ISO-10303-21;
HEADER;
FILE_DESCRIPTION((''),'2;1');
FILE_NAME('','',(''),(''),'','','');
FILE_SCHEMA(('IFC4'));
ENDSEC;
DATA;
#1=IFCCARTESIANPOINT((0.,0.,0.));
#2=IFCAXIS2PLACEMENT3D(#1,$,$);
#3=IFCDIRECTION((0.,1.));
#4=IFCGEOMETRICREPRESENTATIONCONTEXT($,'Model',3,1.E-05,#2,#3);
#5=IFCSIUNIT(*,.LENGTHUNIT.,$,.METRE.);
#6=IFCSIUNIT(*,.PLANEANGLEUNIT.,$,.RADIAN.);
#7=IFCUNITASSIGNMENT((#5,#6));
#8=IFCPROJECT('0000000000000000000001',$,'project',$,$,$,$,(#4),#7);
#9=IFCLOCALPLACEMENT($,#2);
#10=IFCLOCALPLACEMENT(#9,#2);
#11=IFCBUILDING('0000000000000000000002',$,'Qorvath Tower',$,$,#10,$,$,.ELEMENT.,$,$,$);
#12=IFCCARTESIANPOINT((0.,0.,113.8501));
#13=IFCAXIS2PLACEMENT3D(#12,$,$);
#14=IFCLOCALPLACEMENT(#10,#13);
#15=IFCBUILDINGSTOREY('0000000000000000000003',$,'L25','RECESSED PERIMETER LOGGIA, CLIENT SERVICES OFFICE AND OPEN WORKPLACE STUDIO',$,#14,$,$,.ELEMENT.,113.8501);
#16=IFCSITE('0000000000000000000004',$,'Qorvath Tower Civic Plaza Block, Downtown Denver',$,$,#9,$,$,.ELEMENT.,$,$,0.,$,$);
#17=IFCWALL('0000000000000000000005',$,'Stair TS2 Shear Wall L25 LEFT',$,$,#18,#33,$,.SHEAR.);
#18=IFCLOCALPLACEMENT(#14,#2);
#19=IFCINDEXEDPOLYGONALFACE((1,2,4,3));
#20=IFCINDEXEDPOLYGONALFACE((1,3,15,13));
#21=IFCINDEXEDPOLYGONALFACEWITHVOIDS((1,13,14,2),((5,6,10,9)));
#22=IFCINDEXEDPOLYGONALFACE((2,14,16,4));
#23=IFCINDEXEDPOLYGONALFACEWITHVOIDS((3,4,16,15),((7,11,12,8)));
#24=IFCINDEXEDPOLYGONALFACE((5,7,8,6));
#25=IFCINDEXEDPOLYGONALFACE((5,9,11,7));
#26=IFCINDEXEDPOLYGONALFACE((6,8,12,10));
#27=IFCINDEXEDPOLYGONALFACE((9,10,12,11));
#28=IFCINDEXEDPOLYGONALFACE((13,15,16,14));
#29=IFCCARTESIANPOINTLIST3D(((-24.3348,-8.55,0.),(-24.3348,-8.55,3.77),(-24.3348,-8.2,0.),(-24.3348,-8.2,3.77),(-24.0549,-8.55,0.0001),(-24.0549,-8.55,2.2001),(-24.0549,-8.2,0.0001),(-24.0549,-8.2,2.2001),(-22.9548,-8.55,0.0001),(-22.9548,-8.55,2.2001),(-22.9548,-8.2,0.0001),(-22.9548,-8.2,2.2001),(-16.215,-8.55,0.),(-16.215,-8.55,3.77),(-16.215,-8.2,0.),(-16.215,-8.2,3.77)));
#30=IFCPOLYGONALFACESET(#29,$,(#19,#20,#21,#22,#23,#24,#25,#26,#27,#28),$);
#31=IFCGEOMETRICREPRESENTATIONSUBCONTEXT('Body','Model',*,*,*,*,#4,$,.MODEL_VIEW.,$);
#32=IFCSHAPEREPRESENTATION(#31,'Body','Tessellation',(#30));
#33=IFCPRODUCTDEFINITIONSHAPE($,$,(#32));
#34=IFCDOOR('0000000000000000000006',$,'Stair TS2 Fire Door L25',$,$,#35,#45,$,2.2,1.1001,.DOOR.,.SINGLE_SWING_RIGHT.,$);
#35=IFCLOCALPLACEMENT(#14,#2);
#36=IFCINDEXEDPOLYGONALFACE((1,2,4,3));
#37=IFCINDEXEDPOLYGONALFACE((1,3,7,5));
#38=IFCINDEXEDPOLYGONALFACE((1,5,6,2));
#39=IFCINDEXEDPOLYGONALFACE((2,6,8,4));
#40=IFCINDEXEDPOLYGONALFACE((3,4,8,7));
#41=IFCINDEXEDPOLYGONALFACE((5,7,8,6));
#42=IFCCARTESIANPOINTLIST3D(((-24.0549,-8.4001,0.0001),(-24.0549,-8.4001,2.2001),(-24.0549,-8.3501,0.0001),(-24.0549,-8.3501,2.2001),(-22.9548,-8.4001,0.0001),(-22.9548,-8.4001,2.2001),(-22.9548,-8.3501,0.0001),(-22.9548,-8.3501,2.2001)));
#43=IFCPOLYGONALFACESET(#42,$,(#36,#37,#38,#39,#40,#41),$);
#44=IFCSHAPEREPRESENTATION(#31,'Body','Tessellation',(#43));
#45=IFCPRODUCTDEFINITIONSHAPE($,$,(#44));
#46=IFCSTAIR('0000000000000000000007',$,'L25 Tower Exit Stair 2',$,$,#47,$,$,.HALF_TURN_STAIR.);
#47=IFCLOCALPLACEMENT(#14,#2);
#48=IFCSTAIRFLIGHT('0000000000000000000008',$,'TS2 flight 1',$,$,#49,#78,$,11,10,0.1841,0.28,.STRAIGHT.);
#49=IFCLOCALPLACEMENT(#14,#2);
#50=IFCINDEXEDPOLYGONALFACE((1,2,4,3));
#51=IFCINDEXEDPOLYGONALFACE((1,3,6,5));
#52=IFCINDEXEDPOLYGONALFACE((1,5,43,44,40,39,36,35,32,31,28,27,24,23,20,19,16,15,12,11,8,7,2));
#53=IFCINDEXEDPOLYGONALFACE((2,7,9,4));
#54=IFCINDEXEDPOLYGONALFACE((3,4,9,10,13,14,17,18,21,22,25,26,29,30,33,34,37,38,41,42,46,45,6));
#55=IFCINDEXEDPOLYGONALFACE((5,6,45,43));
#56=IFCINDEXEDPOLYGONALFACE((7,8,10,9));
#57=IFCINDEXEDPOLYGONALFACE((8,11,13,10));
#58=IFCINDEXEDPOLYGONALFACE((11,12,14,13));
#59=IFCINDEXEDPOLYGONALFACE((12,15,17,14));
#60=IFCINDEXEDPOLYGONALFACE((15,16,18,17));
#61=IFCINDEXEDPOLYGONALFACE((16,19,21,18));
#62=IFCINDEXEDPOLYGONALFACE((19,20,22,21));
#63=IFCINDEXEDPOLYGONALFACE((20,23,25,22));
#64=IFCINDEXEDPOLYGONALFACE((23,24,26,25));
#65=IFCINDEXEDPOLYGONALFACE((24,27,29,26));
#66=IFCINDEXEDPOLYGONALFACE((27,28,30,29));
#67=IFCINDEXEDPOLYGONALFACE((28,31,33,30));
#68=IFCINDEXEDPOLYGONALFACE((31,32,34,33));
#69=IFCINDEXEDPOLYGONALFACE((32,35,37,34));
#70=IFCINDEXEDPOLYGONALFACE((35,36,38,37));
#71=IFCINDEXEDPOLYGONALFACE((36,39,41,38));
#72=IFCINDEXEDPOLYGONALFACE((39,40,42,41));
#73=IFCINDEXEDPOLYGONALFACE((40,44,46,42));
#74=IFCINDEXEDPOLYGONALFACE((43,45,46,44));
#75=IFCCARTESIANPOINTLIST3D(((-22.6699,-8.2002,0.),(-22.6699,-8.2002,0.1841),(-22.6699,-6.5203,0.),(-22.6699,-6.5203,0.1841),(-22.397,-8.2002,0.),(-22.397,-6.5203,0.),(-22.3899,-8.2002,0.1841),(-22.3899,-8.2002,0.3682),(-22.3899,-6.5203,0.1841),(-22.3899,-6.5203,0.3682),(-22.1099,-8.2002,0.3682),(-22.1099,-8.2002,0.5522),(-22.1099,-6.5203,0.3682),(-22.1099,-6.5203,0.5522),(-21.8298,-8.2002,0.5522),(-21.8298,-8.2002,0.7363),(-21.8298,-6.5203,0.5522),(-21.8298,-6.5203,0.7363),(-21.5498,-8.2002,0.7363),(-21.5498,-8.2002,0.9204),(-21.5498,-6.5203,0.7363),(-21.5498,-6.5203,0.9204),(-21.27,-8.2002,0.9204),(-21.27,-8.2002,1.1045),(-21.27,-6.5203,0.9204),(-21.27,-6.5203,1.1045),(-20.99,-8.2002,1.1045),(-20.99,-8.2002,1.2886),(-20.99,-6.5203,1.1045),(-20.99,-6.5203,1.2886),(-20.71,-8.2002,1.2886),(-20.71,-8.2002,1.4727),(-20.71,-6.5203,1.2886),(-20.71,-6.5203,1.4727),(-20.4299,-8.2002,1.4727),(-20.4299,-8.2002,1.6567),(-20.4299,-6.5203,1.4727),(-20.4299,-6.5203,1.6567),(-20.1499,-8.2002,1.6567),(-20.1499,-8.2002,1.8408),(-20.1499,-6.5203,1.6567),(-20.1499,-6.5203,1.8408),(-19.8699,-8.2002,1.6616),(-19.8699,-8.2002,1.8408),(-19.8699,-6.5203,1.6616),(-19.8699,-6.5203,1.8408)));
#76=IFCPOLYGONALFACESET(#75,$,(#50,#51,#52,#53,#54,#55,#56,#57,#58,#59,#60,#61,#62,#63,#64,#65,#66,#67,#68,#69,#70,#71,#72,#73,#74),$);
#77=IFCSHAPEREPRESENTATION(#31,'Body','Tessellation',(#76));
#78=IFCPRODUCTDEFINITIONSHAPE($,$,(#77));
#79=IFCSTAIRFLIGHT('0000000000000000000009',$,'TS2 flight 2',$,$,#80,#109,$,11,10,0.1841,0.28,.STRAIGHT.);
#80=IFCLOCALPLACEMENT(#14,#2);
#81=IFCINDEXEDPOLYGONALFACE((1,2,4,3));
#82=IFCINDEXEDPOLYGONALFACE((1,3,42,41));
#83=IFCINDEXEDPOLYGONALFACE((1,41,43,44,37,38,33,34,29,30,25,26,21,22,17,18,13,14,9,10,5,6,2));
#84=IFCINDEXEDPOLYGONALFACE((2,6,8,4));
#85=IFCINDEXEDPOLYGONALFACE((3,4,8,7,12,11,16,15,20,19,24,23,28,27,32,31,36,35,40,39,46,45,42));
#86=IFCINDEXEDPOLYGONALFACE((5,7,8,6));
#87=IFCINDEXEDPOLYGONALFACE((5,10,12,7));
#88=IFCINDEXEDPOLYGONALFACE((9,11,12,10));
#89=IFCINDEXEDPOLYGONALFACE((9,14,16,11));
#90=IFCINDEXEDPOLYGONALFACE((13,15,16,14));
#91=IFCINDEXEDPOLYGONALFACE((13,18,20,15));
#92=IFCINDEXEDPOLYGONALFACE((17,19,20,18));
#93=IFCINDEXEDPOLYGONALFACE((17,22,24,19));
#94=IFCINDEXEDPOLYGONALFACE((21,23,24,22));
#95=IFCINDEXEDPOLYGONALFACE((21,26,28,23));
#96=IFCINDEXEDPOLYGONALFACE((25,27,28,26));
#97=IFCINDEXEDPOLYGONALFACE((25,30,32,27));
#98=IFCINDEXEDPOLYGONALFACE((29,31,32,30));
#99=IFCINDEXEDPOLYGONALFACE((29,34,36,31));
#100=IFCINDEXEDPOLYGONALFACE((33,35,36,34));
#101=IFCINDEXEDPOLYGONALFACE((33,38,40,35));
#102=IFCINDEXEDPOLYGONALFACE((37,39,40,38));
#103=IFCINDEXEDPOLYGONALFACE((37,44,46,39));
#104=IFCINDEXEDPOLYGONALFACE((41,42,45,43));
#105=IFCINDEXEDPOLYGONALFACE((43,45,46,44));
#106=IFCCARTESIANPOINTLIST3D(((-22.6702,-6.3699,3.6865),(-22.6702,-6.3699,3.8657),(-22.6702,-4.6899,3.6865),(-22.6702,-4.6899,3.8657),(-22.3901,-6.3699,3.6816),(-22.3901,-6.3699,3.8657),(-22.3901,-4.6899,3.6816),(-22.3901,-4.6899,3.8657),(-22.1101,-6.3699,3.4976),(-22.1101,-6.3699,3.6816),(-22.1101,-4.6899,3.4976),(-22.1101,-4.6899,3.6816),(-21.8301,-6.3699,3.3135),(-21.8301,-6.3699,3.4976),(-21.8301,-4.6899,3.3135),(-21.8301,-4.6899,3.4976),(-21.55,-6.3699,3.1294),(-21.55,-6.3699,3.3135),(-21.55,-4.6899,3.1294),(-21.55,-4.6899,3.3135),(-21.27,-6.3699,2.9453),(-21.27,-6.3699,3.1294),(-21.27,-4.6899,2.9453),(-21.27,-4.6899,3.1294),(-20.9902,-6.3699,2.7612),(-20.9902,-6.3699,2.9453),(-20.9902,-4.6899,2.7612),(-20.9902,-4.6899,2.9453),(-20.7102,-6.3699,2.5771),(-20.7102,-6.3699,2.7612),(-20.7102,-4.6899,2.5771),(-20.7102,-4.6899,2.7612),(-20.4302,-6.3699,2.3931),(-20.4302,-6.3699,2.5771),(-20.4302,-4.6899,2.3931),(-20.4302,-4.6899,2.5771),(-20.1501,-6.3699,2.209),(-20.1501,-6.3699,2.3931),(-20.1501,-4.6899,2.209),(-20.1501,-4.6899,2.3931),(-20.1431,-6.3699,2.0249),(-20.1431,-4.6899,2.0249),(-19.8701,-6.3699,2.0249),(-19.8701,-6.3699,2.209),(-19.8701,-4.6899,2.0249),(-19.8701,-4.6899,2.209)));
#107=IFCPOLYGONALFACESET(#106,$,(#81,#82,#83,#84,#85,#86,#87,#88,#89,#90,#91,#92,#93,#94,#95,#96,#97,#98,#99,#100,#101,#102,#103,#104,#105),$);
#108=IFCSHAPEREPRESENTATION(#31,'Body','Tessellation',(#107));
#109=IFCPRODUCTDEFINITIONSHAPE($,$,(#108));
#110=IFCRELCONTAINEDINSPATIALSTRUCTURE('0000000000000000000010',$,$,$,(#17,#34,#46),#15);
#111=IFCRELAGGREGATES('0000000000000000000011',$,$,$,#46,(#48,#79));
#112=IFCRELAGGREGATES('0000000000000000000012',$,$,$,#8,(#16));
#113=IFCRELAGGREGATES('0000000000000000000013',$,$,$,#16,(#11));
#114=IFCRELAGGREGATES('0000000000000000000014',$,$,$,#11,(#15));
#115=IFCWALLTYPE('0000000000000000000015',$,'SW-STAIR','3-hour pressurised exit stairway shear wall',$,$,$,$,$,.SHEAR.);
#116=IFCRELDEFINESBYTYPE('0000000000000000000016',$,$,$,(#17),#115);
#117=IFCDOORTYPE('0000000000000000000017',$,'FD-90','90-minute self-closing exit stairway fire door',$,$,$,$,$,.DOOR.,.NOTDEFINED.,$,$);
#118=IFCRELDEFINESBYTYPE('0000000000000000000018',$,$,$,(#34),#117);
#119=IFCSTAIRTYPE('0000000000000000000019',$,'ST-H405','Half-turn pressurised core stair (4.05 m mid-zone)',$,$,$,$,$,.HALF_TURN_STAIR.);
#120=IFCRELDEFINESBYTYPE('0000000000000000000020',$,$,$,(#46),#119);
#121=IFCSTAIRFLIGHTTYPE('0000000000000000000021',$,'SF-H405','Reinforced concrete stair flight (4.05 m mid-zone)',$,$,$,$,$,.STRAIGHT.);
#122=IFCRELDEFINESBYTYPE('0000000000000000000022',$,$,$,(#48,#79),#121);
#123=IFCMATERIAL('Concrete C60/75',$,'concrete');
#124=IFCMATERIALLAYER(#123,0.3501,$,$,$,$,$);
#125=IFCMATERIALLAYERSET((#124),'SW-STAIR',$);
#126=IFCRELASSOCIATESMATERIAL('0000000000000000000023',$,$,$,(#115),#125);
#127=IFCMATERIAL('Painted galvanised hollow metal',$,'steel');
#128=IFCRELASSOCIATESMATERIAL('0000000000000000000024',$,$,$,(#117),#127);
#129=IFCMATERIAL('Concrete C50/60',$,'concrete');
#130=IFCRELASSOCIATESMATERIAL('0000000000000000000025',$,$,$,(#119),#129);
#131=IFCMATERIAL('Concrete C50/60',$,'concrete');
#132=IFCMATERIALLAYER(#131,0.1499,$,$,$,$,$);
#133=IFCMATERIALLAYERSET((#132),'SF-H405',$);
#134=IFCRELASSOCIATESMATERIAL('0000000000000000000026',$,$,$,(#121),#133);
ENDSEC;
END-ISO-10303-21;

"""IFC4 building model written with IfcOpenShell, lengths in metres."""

from ifc_helpers import new_model, si_unit, direction, frame, frame_2d, origin, place, context, subcontext, project, spatial, polyline, rectangle, outline, extrude, material, layer, layer_set, type_object, element, fill, aggregate, save


model = new_model("IFC4")

# Units and contexts
model_context = context("Model", 3, precision=1e-05, world=origin(), true_north=direction((0.0, 1.0)))
body_context = subcontext(model_context, "Body", "Model", "MODEL_VIEW")
ifc_project = project(units=[si_unit("LENGTHUNIT", "METRE"), si_unit("PLANEANGLEUNIT", "RADIAN")], contexts=[model_context])

# Site, building, storey
site_placement = place(None, origin())
site = spatial("IfcSite", under=ifc_project, at=site_placement, Name="Qorvath Tower Civic Plaza Block, Downtown Denver", CompositionType="ELEMENT", RefElevation=0.0)
building_placement = place(site_placement, origin())
building = spatial("IfcBuilding", under=site, at=building_placement, Name="Qorvath Tower", CompositionType="ELEMENT")
storey_placement = place(building_placement, frame((0.0, 0.0, 113.8501)))
storey = spatial("IfcBuildingStorey", under=building, at=storey_placement, Name="L25", Description="RECESSED PERIMETER LOGGIA, CLIENT SERVICES OFFICE AND OPEN WORKPLACE STUDIO", CompositionType="ELEMENT", Elevation=113.8501)

# Shared definitions
ifc_material_1 = material(Name="Concrete C60/75", Category="concrete")
ifc_layer_1 = layer(ifc_material_1, 0.3501)
ifc_layer_set_1 = layer_set([ifc_layer_1], Name="SW-STAIR")
wall_type_1 = type_object("IfcWallType", Name="SW-STAIR", Description="3-hour pressurised exit stairway shear wall", PredefinedType="SHEAR", material=ifc_layer_set_1)

# Wall, opening, door
wall_1_placement = place(storey_placement, frame((-24.335, -8.375, 0.0), z_axis=(0.0, 0.0, 1.0), x_axis=(1.0, 0.0, 0.0)))
wall_1 = element("IfcWall", 1, at=wall_1_placement, inside=storey, type_object=wall_type_1, Name="Stair TS2 Shear Wall L25 LEFT", PredefinedType="SHEAR", context=body_context, shape_type="SweptSolid", body=[
    extrude(rectangle(XDim=8.1199, YDim=0.3501, at=frame_2d((4.0601, 0.0))), origin(), (0.0, 0.0, 1.0), 3.77),
])
opening_1_placement = place(wall_1_placement, frame((0.28, 0.0, 0.0)))
opening_1 = element("IfcOpeningElement", 2, at=opening_1_placement, cuts=wall_1, PredefinedType="OPENING", context=body_context, shape_type="SweptSolid", body=[
    extrude(rectangle(XDim=1.1001, YDim=2.2, at=frame_2d((0.55, 1.1001))), frame((0.0, 0.1851, 0.0), z_axis=(0.0, -1.0, 0.0), x_axis=(1.0, 0.0, 0.0)), (0.0, 0.0, 1.0), 0.3701),
])
ifc_material_2 = material(Name="Painted galvanised hollow metal", Category="steel")
door_type_1 = type_object("IfcDoorType", Name="FD-90", Description="90-minute self-closing exit stairway fire door", OperationType="NOTDEFINED", PredefinedType="DOOR", material=ifc_material_2)
door_1_placement = place(opening_1_placement, origin())
door_1 = element("IfcDoor", 3, at=door_1_placement, inside=storey, type_object=door_type_1, Name="Stair TS2 Fire Door L25", OperationType="SINGLE_SWING_RIGHT", OverallHeight=2.2, OverallWidth=1.1001, PredefinedType="DOOR", context=body_context, shape_type="SweptSolid", body=[
    extrude(rectangle(XDim=1.1001, YDim=2.2, at=frame_2d((0.55, 1.1001))), frame((0.0, 0.0249, 0.0), z_axis=(0.0, -1.0, 0.0), x_axis=(1.0, 0.0, 0.0)), (0.0, 0.0, 1.0), 0.05),
])
fill(opening_1, door_1)

# Stair, stair flights
ifc_material_3 = material(Name="Concrete C50/60", Category="concrete")
stair_type = type_object("IfcStairType", Name="ST-H405", Description="Half-turn pressurised core stair (4.05 m mid-zone)", PredefinedType="HALF_TURN_STAIR", material=ifc_material_3)
stair_placement = place(storey_placement, origin())
stair = element("IfcStair", 4, at=stair_placement, inside=storey, type_object=stair_type, Name="L25 Tower Exit Stair 2", PredefinedType="HALF_TURN_STAIR")
ifc_material_4 = material(Name="Concrete C50/60", Category="concrete")
ifc_layer_2 = layer(ifc_material_4, 0.1499)
ifc_layer_set_2 = layer_set([ifc_layer_2], Name="SF-H405")
stair_flight_type = type_object("IfcStairFlightType", Name="SF-H405", Description="Reinforced concrete stair flight (4.05 m mid-zone)", PredefinedType="STRAIGHT", material=ifc_layer_set_2)
stair_flight_1_placement = place(storey_placement, frame((-22.6699, -7.3601, 0.0), z_axis=(0.0, 0.0, 1.0), x_axis=(1.0, 0.0, 0.0)))
stair_flight_1 = element("IfcStairFlight", 5, at=stair_flight_1_placement, type_object=stair_flight_type, Name="TS2 flight 1", NumberOfRisers=11, NumberOfTreads=10, PredefinedType="STRAIGHT", RiserHeight=0.1841, TreadLength=0.28, context=body_context, shape_type="SweptSolid", body=[
    extrude(outline(polyline([(0.0, 0.0), (0.0, 0.1841), (0.28, 0.1841), (0.28, 0.3682), (0.5601, 0.3682), (0.5601, 0.5522), (0.8401, 0.5522), (0.8401, 0.7363), (1.1201, 0.7363), (1.1201, 0.9204), (1.3999, 0.9204), (1.3999, 1.1045), (1.6799, 1.1045), (1.6799, 1.2886), (1.96, 1.2886), (1.96, 1.4727), (2.24, 1.4727), (2.24, 1.6567), (2.52, 1.6567), (2.52, 1.8408), (2.8, 1.8408), (2.8, 2.0249), (2.8, 1.6616), (0.2729, 0.0), (0.0, 0.0)])), frame((0.0, 0.8398, 0.0), z_axis=(0.0, -1.0, 0.0), x_axis=(1.0, 0.0, 0.0)), (0.0, 0.0, 1.0), 1.6799),
])
stair_flight_2_placement = place(storey_placement, frame((-19.8701, -5.53, 2.0249), z_axis=(0.0, 0.0, 1.0), x_axis=(-1.0, 0.0, 0.0)))
stair_flight_2 = element("IfcStairFlight", 6, at=stair_flight_2_placement, type_object=stair_flight_type, Name="TS2 flight 2", NumberOfRisers=11, NumberOfTreads=10, PredefinedType="STRAIGHT", RiserHeight=0.1841, TreadLength=0.28, context=body_context, shape_type="SweptSolid", body=[
    extrude(outline(polyline([(0.0, 0.0), (0.0, 0.1841), (0.28, 0.1841), (0.28, 0.3682), (0.5601, 0.3682), (0.5601, 0.5522), (0.8401, 0.5522), (0.8401, 0.7363), (1.1201, 0.7363), (1.1201, 0.9204), (1.3999, 0.9204), (1.3999, 1.1045), (1.6799, 1.1045), (1.6799, 1.2886), (1.96, 1.2886), (1.96, 1.4727), (2.24, 1.4727), (2.24, 1.6567), (2.52, 1.6567), (2.52, 1.8408), (2.8, 1.8408), (2.8, 2.0249), (2.8, 1.6616), (0.2729, 0.0), (0.0, 0.0)])), frame((0.0, 0.8398, 0.0), z_axis=(0.0, -1.0, 0.0), x_axis=(1.0, 0.0, 0.0)), (0.0, 0.0, 1.0), 1.6799),
])
aggregate(stair, [stair_flight_1, stair_flight_2])

save(model, "model.ifc")
